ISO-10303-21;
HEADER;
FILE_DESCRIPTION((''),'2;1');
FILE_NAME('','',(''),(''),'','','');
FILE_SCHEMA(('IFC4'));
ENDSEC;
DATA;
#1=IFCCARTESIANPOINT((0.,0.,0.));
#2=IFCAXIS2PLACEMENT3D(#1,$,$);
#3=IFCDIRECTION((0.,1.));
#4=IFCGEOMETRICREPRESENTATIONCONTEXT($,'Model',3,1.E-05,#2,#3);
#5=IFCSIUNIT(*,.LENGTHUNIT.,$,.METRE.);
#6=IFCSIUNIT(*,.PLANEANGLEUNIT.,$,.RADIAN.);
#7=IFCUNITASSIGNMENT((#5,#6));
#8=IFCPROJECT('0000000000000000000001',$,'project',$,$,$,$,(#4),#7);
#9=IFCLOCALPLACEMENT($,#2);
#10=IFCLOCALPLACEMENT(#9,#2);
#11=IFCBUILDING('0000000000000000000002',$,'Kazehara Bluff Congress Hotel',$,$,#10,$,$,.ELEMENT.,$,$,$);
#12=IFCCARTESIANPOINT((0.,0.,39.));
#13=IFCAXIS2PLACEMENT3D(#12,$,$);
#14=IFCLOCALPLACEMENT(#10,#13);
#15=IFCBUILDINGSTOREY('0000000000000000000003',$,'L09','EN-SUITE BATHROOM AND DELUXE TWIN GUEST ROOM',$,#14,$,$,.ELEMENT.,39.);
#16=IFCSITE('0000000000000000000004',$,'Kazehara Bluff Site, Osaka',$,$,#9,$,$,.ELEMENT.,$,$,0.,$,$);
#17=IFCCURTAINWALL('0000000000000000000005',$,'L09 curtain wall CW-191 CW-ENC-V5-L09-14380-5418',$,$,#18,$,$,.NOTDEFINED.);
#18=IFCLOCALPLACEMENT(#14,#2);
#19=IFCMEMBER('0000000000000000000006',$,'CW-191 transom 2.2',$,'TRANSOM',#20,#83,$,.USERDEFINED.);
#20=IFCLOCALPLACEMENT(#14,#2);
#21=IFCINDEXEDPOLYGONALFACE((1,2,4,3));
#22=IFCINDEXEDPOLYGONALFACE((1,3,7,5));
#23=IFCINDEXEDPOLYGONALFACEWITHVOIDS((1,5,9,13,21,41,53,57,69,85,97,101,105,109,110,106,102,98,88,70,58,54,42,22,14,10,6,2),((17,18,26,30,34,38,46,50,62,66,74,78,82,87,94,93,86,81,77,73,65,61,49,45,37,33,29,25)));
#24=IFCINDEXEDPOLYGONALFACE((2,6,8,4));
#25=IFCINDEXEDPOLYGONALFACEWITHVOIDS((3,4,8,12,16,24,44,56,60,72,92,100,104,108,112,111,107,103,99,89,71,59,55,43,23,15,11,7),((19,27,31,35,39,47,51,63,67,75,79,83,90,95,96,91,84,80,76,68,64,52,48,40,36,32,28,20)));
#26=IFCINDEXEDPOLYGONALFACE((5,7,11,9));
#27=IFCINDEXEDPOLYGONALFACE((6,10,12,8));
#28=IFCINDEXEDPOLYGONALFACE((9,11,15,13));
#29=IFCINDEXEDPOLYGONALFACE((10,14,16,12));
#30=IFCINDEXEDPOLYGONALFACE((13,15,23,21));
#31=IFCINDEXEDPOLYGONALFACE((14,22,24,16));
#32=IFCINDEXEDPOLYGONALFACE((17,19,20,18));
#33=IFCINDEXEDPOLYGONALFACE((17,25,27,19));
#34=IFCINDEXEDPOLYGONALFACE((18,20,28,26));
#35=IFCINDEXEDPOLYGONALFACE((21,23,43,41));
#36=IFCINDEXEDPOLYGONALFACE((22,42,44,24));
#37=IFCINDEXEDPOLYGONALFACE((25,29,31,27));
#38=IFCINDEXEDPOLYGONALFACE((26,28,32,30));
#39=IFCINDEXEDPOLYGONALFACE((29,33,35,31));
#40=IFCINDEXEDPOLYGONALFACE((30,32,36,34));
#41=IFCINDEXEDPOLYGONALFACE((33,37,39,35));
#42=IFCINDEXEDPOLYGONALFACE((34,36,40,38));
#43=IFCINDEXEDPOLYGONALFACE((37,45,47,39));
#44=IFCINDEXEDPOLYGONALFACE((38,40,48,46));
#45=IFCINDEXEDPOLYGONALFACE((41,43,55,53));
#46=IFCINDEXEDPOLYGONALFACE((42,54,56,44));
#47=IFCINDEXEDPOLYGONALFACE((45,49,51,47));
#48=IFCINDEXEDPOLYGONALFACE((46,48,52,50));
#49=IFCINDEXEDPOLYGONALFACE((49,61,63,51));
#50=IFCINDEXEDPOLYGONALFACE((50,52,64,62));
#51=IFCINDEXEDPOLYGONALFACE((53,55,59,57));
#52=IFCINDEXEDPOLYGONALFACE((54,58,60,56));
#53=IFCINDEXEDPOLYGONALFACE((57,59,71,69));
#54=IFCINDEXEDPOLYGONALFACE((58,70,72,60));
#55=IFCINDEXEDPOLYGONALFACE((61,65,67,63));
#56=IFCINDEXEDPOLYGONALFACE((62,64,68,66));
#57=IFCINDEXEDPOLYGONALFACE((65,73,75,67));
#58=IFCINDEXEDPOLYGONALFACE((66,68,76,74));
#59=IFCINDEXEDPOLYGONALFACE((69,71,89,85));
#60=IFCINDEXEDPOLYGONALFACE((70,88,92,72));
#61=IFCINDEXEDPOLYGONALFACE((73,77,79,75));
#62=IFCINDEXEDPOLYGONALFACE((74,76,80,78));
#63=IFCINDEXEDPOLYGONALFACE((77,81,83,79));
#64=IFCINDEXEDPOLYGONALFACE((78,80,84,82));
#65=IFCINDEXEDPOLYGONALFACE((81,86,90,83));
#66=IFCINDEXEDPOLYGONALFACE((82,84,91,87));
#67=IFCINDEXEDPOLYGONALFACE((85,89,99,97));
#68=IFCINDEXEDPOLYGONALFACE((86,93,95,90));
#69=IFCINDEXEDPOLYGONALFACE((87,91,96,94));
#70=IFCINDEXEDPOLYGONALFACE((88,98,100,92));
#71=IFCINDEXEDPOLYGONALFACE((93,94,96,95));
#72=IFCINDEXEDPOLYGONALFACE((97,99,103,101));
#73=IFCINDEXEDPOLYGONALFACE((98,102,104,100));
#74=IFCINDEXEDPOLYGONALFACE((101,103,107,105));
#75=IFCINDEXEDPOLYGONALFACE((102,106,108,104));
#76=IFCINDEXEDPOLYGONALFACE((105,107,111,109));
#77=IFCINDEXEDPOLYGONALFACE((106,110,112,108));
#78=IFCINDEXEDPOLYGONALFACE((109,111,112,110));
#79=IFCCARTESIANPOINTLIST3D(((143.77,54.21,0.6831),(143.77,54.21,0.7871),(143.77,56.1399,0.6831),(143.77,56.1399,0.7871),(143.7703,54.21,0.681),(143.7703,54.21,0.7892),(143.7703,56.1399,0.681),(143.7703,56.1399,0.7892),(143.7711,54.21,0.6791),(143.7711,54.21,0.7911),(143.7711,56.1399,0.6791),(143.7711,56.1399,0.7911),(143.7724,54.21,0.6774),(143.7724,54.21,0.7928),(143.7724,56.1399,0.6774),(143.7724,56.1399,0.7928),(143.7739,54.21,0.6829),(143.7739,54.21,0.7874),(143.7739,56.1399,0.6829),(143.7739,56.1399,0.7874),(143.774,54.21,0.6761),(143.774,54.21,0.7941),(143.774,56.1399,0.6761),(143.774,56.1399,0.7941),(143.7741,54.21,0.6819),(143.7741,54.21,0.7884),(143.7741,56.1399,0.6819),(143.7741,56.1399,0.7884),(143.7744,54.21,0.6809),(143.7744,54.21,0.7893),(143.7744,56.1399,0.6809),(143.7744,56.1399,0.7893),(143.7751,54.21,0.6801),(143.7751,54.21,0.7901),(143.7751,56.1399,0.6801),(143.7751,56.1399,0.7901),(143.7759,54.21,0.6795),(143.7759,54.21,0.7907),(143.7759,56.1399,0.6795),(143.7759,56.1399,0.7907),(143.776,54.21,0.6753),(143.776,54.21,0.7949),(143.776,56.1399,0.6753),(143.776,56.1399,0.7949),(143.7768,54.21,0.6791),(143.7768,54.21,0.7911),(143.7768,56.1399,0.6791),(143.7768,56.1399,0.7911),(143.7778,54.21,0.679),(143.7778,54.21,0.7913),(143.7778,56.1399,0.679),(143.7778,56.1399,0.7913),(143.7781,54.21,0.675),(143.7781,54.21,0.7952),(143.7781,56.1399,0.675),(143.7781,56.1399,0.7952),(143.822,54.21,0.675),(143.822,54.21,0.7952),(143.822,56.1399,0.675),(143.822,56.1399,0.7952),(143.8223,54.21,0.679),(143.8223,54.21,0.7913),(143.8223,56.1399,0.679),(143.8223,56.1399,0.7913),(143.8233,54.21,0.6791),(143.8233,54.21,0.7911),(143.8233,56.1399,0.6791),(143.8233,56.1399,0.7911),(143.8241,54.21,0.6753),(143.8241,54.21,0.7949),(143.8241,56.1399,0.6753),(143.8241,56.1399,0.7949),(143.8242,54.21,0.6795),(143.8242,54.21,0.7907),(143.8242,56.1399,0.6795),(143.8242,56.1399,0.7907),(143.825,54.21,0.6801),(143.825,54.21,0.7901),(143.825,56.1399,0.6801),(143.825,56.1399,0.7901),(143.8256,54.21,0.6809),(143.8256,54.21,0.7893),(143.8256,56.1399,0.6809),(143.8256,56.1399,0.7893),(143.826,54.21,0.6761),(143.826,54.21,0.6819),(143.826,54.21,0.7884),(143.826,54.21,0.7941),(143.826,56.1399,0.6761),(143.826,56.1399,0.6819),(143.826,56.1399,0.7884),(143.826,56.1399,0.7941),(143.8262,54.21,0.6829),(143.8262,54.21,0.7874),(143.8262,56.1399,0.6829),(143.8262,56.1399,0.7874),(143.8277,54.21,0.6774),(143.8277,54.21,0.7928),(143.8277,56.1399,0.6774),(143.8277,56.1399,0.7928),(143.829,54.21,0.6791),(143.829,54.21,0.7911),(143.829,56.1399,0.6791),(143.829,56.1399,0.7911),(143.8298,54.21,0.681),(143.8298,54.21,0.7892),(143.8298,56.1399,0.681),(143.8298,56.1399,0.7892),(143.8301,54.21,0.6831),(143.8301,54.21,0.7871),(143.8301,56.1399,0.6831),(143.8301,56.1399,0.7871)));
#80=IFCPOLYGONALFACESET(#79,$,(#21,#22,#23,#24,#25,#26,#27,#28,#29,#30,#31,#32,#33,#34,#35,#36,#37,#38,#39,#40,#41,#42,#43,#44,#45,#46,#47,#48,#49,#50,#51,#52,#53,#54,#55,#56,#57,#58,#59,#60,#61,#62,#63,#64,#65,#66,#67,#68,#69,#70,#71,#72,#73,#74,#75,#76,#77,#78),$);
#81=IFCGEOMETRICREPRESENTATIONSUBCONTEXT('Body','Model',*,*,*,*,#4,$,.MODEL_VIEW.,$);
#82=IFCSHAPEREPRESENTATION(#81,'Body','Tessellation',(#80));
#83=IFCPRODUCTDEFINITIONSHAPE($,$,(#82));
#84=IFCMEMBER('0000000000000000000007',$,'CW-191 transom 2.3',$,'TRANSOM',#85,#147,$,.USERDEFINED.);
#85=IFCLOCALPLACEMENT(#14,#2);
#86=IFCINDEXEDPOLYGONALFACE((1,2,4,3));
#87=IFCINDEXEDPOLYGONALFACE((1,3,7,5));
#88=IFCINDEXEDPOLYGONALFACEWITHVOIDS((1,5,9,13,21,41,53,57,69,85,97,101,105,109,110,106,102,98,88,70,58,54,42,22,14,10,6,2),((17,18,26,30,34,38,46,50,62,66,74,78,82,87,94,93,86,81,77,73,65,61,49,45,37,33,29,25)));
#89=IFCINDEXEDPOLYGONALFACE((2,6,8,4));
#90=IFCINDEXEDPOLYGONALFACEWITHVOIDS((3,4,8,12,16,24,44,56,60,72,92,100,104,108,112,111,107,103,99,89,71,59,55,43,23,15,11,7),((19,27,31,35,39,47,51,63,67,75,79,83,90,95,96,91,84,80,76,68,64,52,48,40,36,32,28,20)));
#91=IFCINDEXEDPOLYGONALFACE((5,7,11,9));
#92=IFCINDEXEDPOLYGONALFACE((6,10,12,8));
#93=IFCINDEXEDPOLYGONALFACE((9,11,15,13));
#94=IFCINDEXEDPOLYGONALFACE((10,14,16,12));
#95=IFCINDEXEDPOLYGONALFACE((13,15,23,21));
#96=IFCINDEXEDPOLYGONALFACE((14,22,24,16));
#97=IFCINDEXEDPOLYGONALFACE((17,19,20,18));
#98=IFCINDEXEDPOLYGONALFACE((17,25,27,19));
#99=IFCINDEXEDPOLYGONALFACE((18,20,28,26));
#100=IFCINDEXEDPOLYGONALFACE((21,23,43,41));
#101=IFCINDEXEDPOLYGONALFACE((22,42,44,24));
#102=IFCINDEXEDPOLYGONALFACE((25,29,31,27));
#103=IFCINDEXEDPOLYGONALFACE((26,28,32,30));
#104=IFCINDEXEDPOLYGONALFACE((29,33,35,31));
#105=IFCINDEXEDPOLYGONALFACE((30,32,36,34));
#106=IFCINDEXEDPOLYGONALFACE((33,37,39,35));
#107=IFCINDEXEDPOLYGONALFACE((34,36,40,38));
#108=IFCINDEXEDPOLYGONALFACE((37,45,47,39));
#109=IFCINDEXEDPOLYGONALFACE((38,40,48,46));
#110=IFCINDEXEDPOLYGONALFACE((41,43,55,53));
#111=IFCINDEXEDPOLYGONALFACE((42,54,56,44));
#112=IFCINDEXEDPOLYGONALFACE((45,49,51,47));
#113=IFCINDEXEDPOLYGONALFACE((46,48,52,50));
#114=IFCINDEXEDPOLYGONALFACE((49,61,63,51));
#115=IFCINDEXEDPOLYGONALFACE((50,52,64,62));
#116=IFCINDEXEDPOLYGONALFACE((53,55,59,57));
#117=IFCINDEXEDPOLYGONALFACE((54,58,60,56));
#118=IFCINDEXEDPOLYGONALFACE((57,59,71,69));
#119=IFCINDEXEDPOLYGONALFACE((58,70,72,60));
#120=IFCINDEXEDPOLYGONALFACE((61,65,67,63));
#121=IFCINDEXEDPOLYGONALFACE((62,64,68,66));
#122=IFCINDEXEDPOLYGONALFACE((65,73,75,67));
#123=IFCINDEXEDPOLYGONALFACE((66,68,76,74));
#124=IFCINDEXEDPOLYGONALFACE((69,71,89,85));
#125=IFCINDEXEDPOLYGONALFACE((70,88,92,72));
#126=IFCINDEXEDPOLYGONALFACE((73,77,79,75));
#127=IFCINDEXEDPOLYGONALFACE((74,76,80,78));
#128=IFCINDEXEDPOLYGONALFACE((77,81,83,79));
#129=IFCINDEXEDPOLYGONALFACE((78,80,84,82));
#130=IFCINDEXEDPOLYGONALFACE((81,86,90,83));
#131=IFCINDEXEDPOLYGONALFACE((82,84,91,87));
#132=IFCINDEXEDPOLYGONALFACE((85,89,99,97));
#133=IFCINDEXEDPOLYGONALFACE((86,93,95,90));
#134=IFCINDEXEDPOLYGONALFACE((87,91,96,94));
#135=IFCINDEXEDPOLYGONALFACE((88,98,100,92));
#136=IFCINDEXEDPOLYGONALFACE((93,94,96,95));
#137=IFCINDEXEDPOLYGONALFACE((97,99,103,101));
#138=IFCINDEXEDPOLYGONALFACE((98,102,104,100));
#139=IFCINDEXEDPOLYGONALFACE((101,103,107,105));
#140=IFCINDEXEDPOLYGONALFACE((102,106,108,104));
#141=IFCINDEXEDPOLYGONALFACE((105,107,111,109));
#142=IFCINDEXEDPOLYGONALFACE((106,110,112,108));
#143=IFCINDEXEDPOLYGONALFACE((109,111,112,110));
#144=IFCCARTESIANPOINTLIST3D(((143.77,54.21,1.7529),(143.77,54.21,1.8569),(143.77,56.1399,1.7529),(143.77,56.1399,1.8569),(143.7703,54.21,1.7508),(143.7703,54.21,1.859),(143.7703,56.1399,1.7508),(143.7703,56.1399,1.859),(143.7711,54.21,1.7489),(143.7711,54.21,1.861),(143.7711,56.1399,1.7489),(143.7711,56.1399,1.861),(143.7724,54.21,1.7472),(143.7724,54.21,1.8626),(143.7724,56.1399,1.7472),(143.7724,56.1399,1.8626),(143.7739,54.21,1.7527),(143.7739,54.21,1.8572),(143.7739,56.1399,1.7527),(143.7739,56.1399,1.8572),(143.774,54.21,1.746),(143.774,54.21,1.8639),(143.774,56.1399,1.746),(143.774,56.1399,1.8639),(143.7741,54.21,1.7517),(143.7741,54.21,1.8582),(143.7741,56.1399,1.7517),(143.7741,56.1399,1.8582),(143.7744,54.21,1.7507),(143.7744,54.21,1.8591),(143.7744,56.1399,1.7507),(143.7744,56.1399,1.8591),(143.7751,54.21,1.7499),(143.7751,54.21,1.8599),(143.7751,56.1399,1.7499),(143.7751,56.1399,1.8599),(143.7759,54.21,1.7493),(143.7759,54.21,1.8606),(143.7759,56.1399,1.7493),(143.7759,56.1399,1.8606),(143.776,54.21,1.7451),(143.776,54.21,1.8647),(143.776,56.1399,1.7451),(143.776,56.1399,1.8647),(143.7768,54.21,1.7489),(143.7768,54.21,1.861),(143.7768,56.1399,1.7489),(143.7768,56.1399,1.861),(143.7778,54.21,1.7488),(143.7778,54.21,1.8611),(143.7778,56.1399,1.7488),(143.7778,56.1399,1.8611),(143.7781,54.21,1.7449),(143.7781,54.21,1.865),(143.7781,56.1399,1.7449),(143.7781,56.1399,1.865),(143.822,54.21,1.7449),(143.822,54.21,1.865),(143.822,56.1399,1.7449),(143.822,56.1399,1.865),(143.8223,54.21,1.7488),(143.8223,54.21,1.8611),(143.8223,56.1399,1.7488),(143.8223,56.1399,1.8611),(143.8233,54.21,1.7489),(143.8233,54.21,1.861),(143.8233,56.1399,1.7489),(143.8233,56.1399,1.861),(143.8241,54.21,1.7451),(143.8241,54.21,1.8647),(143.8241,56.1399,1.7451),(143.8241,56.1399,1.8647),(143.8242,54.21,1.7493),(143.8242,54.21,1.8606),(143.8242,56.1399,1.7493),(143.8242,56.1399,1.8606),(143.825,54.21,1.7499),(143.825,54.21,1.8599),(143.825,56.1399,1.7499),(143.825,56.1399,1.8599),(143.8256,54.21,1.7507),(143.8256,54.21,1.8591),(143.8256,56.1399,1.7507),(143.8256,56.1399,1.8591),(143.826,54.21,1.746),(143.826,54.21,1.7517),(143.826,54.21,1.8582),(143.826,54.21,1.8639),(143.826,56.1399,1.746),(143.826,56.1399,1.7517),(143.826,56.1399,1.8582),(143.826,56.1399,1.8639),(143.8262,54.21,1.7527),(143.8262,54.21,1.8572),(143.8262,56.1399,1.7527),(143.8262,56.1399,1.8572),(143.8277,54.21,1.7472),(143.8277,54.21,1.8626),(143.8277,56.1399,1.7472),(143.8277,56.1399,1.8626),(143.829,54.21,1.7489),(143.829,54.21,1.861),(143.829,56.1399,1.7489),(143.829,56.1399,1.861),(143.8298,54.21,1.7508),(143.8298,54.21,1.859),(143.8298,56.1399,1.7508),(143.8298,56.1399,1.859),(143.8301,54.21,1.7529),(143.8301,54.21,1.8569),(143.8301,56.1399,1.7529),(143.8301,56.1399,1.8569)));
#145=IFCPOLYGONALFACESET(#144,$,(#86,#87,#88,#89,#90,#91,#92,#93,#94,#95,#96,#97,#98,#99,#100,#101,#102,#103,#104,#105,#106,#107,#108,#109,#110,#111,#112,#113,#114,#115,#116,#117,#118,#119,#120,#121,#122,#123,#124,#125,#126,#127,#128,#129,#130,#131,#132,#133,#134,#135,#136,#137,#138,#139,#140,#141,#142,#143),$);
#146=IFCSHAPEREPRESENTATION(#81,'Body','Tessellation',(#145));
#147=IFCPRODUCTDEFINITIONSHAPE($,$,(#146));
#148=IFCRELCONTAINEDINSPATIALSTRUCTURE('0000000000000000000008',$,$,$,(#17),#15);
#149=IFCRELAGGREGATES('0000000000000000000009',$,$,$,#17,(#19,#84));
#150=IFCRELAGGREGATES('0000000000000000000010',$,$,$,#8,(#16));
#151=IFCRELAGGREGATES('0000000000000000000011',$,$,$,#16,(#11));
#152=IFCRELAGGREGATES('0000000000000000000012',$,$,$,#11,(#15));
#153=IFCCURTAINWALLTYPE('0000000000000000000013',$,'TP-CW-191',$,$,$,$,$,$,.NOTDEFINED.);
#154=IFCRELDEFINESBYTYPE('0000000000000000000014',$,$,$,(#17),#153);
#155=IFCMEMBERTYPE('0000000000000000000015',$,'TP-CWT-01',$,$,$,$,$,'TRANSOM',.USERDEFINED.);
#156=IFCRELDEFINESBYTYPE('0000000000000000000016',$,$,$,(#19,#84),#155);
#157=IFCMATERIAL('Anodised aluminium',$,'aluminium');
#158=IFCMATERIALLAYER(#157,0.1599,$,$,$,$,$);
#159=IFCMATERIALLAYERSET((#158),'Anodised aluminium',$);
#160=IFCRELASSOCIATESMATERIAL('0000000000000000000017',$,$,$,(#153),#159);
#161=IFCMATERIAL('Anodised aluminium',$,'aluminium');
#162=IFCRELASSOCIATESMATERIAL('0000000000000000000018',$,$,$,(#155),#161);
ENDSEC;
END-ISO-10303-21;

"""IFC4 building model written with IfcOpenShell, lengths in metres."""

from ifc_helpers import new_model, si_unit, direction, frame, origin, origin_2d, place, context, subcontext, project, spatial, hollow_rectangle, extrude, material, layer, layer_set, material_profile, profile_set, type_object, element, aggregate, save


model = new_model("IFC4")

# Units and contexts
model_context = context("Model", 3, precision=1e-05, world=origin(), true_north=direction((0.0, 1.0)))
body_context = subcontext(model_context, "Body", "Model", "MODEL_VIEW")
ifc_project = project(units=[si_unit("LENGTHUNIT", "METRE"), si_unit("PLANEANGLEUNIT", "RADIAN")], contexts=[model_context])

# Site, building, storey
site_placement = place(None, origin())
site = spatial("IfcSite", under=ifc_project, at=site_placement, Name="Kazehara Bluff Site, Osaka", CompositionType="ELEMENT", RefElevation=0.0)
building_placement = place(site_placement, origin())
building = spatial("IfcBuilding", under=site, at=building_placement, Name="Kazehara Bluff Congress Hotel", CompositionType="ELEMENT")
storey_placement = place(building_placement, frame((0.0, 0.0, 39.0)))
storey = spatial("IfcBuildingStorey", under=building, at=storey_placement, Name="L09", Description="EN-SUITE BATHROOM AND DELUXE TWIN GUEST ROOM", CompositionType="ELEMENT", Elevation=39.0)

# Curtain wall
ifc_material_1 = material(Name="Anodised aluminium", Category="aluminium")
ifc_layer_1 = layer(ifc_material_1, 0.1599)
ifc_layer_set_1 = layer_set([ifc_layer_1], Name="Anodised aluminium")
curtain_wall_type_1 = type_object("IfcCurtainWallType", Name="TP-CW-191", PredefinedType="NOTDEFINED", material=ifc_layer_set_1)
curtain_wall_1_placement = place(storey_placement, origin())
curtain_wall_1 = element("IfcCurtainWall", 1, at=curtain_wall_1_placement, inside=storey, type_object=curtain_wall_type_1, Name="L09 curtain wall CW-191 CW-ENC-V5-L09-14380-5418", PredefinedType="NOTDEFINED")

# Members
ifc_material_2 = material(Name="Anodised aluminium", Category="aluminium")
ifc_material_profile_1 = material_profile(ifc_material_2, hollow_rectangle(XDim=0.0601, YDim=0.1201, WallThickness=0.0039, InnerFilletRadius=0.0039, OuterFilletRadius=0.0081, at=origin_2d()))
ifc_profile_set_1 = profile_set([ifc_material_profile_1], Name="Anodised aluminium")
member_type_1 = type_object("IfcMemberType", Name="TP-CWT-01", ElementType="TRANSOM", PredefinedType="USERDEFINED", material=ifc_profile_set_1)
member_1_placement = place(storey_placement, frame((143.8, 54.21, 0.7351), z_axis=(0.0, 1.0, 0.0), x_axis=(-1.0, 0.0, 0.0)))
member_1 = element("IfcMember", 2, at=member_1_placement, type_object=member_type_1, Name="CW-191 transom 2.2", ObjectType="TRANSOM", PredefinedType="USERDEFINED", context=body_context, shape_type="SweptSolid", body=[
    extrude(hollow_rectangle(XDim=0.0601, YDim=0.1201, WallThickness=0.0039, InnerFilletRadius=0.0039, OuterFilletRadius=0.0081, at=origin_2d()), origin(), (0.0, 0.0, 1.0), 1.9299),
])
member_2_placement = place(storey_placement, frame((143.8, 54.21, 1.8049), z_axis=(0.0, 1.0, 0.0), x_axis=(-1.0, 0.0, 0.0)))
member_2 = element("IfcMember", 3, at=member_2_placement, type_object=member_type_1, Name="CW-191 transom 2.3", ObjectType="TRANSOM", PredefinedType="USERDEFINED", context=body_context, shape_type="SweptSolid", body=[
    extrude(hollow_rectangle(XDim=0.0601, YDim=0.1201, WallThickness=0.0039, InnerFilletRadius=0.0039, OuterFilletRadius=0.0081, at=origin_2d()), origin(), (0.0, 0.0, 1.0), 1.9299),
])

aggregate(curtain_wall_1, [member_1, member_2])

save(model, "model.ifc")
